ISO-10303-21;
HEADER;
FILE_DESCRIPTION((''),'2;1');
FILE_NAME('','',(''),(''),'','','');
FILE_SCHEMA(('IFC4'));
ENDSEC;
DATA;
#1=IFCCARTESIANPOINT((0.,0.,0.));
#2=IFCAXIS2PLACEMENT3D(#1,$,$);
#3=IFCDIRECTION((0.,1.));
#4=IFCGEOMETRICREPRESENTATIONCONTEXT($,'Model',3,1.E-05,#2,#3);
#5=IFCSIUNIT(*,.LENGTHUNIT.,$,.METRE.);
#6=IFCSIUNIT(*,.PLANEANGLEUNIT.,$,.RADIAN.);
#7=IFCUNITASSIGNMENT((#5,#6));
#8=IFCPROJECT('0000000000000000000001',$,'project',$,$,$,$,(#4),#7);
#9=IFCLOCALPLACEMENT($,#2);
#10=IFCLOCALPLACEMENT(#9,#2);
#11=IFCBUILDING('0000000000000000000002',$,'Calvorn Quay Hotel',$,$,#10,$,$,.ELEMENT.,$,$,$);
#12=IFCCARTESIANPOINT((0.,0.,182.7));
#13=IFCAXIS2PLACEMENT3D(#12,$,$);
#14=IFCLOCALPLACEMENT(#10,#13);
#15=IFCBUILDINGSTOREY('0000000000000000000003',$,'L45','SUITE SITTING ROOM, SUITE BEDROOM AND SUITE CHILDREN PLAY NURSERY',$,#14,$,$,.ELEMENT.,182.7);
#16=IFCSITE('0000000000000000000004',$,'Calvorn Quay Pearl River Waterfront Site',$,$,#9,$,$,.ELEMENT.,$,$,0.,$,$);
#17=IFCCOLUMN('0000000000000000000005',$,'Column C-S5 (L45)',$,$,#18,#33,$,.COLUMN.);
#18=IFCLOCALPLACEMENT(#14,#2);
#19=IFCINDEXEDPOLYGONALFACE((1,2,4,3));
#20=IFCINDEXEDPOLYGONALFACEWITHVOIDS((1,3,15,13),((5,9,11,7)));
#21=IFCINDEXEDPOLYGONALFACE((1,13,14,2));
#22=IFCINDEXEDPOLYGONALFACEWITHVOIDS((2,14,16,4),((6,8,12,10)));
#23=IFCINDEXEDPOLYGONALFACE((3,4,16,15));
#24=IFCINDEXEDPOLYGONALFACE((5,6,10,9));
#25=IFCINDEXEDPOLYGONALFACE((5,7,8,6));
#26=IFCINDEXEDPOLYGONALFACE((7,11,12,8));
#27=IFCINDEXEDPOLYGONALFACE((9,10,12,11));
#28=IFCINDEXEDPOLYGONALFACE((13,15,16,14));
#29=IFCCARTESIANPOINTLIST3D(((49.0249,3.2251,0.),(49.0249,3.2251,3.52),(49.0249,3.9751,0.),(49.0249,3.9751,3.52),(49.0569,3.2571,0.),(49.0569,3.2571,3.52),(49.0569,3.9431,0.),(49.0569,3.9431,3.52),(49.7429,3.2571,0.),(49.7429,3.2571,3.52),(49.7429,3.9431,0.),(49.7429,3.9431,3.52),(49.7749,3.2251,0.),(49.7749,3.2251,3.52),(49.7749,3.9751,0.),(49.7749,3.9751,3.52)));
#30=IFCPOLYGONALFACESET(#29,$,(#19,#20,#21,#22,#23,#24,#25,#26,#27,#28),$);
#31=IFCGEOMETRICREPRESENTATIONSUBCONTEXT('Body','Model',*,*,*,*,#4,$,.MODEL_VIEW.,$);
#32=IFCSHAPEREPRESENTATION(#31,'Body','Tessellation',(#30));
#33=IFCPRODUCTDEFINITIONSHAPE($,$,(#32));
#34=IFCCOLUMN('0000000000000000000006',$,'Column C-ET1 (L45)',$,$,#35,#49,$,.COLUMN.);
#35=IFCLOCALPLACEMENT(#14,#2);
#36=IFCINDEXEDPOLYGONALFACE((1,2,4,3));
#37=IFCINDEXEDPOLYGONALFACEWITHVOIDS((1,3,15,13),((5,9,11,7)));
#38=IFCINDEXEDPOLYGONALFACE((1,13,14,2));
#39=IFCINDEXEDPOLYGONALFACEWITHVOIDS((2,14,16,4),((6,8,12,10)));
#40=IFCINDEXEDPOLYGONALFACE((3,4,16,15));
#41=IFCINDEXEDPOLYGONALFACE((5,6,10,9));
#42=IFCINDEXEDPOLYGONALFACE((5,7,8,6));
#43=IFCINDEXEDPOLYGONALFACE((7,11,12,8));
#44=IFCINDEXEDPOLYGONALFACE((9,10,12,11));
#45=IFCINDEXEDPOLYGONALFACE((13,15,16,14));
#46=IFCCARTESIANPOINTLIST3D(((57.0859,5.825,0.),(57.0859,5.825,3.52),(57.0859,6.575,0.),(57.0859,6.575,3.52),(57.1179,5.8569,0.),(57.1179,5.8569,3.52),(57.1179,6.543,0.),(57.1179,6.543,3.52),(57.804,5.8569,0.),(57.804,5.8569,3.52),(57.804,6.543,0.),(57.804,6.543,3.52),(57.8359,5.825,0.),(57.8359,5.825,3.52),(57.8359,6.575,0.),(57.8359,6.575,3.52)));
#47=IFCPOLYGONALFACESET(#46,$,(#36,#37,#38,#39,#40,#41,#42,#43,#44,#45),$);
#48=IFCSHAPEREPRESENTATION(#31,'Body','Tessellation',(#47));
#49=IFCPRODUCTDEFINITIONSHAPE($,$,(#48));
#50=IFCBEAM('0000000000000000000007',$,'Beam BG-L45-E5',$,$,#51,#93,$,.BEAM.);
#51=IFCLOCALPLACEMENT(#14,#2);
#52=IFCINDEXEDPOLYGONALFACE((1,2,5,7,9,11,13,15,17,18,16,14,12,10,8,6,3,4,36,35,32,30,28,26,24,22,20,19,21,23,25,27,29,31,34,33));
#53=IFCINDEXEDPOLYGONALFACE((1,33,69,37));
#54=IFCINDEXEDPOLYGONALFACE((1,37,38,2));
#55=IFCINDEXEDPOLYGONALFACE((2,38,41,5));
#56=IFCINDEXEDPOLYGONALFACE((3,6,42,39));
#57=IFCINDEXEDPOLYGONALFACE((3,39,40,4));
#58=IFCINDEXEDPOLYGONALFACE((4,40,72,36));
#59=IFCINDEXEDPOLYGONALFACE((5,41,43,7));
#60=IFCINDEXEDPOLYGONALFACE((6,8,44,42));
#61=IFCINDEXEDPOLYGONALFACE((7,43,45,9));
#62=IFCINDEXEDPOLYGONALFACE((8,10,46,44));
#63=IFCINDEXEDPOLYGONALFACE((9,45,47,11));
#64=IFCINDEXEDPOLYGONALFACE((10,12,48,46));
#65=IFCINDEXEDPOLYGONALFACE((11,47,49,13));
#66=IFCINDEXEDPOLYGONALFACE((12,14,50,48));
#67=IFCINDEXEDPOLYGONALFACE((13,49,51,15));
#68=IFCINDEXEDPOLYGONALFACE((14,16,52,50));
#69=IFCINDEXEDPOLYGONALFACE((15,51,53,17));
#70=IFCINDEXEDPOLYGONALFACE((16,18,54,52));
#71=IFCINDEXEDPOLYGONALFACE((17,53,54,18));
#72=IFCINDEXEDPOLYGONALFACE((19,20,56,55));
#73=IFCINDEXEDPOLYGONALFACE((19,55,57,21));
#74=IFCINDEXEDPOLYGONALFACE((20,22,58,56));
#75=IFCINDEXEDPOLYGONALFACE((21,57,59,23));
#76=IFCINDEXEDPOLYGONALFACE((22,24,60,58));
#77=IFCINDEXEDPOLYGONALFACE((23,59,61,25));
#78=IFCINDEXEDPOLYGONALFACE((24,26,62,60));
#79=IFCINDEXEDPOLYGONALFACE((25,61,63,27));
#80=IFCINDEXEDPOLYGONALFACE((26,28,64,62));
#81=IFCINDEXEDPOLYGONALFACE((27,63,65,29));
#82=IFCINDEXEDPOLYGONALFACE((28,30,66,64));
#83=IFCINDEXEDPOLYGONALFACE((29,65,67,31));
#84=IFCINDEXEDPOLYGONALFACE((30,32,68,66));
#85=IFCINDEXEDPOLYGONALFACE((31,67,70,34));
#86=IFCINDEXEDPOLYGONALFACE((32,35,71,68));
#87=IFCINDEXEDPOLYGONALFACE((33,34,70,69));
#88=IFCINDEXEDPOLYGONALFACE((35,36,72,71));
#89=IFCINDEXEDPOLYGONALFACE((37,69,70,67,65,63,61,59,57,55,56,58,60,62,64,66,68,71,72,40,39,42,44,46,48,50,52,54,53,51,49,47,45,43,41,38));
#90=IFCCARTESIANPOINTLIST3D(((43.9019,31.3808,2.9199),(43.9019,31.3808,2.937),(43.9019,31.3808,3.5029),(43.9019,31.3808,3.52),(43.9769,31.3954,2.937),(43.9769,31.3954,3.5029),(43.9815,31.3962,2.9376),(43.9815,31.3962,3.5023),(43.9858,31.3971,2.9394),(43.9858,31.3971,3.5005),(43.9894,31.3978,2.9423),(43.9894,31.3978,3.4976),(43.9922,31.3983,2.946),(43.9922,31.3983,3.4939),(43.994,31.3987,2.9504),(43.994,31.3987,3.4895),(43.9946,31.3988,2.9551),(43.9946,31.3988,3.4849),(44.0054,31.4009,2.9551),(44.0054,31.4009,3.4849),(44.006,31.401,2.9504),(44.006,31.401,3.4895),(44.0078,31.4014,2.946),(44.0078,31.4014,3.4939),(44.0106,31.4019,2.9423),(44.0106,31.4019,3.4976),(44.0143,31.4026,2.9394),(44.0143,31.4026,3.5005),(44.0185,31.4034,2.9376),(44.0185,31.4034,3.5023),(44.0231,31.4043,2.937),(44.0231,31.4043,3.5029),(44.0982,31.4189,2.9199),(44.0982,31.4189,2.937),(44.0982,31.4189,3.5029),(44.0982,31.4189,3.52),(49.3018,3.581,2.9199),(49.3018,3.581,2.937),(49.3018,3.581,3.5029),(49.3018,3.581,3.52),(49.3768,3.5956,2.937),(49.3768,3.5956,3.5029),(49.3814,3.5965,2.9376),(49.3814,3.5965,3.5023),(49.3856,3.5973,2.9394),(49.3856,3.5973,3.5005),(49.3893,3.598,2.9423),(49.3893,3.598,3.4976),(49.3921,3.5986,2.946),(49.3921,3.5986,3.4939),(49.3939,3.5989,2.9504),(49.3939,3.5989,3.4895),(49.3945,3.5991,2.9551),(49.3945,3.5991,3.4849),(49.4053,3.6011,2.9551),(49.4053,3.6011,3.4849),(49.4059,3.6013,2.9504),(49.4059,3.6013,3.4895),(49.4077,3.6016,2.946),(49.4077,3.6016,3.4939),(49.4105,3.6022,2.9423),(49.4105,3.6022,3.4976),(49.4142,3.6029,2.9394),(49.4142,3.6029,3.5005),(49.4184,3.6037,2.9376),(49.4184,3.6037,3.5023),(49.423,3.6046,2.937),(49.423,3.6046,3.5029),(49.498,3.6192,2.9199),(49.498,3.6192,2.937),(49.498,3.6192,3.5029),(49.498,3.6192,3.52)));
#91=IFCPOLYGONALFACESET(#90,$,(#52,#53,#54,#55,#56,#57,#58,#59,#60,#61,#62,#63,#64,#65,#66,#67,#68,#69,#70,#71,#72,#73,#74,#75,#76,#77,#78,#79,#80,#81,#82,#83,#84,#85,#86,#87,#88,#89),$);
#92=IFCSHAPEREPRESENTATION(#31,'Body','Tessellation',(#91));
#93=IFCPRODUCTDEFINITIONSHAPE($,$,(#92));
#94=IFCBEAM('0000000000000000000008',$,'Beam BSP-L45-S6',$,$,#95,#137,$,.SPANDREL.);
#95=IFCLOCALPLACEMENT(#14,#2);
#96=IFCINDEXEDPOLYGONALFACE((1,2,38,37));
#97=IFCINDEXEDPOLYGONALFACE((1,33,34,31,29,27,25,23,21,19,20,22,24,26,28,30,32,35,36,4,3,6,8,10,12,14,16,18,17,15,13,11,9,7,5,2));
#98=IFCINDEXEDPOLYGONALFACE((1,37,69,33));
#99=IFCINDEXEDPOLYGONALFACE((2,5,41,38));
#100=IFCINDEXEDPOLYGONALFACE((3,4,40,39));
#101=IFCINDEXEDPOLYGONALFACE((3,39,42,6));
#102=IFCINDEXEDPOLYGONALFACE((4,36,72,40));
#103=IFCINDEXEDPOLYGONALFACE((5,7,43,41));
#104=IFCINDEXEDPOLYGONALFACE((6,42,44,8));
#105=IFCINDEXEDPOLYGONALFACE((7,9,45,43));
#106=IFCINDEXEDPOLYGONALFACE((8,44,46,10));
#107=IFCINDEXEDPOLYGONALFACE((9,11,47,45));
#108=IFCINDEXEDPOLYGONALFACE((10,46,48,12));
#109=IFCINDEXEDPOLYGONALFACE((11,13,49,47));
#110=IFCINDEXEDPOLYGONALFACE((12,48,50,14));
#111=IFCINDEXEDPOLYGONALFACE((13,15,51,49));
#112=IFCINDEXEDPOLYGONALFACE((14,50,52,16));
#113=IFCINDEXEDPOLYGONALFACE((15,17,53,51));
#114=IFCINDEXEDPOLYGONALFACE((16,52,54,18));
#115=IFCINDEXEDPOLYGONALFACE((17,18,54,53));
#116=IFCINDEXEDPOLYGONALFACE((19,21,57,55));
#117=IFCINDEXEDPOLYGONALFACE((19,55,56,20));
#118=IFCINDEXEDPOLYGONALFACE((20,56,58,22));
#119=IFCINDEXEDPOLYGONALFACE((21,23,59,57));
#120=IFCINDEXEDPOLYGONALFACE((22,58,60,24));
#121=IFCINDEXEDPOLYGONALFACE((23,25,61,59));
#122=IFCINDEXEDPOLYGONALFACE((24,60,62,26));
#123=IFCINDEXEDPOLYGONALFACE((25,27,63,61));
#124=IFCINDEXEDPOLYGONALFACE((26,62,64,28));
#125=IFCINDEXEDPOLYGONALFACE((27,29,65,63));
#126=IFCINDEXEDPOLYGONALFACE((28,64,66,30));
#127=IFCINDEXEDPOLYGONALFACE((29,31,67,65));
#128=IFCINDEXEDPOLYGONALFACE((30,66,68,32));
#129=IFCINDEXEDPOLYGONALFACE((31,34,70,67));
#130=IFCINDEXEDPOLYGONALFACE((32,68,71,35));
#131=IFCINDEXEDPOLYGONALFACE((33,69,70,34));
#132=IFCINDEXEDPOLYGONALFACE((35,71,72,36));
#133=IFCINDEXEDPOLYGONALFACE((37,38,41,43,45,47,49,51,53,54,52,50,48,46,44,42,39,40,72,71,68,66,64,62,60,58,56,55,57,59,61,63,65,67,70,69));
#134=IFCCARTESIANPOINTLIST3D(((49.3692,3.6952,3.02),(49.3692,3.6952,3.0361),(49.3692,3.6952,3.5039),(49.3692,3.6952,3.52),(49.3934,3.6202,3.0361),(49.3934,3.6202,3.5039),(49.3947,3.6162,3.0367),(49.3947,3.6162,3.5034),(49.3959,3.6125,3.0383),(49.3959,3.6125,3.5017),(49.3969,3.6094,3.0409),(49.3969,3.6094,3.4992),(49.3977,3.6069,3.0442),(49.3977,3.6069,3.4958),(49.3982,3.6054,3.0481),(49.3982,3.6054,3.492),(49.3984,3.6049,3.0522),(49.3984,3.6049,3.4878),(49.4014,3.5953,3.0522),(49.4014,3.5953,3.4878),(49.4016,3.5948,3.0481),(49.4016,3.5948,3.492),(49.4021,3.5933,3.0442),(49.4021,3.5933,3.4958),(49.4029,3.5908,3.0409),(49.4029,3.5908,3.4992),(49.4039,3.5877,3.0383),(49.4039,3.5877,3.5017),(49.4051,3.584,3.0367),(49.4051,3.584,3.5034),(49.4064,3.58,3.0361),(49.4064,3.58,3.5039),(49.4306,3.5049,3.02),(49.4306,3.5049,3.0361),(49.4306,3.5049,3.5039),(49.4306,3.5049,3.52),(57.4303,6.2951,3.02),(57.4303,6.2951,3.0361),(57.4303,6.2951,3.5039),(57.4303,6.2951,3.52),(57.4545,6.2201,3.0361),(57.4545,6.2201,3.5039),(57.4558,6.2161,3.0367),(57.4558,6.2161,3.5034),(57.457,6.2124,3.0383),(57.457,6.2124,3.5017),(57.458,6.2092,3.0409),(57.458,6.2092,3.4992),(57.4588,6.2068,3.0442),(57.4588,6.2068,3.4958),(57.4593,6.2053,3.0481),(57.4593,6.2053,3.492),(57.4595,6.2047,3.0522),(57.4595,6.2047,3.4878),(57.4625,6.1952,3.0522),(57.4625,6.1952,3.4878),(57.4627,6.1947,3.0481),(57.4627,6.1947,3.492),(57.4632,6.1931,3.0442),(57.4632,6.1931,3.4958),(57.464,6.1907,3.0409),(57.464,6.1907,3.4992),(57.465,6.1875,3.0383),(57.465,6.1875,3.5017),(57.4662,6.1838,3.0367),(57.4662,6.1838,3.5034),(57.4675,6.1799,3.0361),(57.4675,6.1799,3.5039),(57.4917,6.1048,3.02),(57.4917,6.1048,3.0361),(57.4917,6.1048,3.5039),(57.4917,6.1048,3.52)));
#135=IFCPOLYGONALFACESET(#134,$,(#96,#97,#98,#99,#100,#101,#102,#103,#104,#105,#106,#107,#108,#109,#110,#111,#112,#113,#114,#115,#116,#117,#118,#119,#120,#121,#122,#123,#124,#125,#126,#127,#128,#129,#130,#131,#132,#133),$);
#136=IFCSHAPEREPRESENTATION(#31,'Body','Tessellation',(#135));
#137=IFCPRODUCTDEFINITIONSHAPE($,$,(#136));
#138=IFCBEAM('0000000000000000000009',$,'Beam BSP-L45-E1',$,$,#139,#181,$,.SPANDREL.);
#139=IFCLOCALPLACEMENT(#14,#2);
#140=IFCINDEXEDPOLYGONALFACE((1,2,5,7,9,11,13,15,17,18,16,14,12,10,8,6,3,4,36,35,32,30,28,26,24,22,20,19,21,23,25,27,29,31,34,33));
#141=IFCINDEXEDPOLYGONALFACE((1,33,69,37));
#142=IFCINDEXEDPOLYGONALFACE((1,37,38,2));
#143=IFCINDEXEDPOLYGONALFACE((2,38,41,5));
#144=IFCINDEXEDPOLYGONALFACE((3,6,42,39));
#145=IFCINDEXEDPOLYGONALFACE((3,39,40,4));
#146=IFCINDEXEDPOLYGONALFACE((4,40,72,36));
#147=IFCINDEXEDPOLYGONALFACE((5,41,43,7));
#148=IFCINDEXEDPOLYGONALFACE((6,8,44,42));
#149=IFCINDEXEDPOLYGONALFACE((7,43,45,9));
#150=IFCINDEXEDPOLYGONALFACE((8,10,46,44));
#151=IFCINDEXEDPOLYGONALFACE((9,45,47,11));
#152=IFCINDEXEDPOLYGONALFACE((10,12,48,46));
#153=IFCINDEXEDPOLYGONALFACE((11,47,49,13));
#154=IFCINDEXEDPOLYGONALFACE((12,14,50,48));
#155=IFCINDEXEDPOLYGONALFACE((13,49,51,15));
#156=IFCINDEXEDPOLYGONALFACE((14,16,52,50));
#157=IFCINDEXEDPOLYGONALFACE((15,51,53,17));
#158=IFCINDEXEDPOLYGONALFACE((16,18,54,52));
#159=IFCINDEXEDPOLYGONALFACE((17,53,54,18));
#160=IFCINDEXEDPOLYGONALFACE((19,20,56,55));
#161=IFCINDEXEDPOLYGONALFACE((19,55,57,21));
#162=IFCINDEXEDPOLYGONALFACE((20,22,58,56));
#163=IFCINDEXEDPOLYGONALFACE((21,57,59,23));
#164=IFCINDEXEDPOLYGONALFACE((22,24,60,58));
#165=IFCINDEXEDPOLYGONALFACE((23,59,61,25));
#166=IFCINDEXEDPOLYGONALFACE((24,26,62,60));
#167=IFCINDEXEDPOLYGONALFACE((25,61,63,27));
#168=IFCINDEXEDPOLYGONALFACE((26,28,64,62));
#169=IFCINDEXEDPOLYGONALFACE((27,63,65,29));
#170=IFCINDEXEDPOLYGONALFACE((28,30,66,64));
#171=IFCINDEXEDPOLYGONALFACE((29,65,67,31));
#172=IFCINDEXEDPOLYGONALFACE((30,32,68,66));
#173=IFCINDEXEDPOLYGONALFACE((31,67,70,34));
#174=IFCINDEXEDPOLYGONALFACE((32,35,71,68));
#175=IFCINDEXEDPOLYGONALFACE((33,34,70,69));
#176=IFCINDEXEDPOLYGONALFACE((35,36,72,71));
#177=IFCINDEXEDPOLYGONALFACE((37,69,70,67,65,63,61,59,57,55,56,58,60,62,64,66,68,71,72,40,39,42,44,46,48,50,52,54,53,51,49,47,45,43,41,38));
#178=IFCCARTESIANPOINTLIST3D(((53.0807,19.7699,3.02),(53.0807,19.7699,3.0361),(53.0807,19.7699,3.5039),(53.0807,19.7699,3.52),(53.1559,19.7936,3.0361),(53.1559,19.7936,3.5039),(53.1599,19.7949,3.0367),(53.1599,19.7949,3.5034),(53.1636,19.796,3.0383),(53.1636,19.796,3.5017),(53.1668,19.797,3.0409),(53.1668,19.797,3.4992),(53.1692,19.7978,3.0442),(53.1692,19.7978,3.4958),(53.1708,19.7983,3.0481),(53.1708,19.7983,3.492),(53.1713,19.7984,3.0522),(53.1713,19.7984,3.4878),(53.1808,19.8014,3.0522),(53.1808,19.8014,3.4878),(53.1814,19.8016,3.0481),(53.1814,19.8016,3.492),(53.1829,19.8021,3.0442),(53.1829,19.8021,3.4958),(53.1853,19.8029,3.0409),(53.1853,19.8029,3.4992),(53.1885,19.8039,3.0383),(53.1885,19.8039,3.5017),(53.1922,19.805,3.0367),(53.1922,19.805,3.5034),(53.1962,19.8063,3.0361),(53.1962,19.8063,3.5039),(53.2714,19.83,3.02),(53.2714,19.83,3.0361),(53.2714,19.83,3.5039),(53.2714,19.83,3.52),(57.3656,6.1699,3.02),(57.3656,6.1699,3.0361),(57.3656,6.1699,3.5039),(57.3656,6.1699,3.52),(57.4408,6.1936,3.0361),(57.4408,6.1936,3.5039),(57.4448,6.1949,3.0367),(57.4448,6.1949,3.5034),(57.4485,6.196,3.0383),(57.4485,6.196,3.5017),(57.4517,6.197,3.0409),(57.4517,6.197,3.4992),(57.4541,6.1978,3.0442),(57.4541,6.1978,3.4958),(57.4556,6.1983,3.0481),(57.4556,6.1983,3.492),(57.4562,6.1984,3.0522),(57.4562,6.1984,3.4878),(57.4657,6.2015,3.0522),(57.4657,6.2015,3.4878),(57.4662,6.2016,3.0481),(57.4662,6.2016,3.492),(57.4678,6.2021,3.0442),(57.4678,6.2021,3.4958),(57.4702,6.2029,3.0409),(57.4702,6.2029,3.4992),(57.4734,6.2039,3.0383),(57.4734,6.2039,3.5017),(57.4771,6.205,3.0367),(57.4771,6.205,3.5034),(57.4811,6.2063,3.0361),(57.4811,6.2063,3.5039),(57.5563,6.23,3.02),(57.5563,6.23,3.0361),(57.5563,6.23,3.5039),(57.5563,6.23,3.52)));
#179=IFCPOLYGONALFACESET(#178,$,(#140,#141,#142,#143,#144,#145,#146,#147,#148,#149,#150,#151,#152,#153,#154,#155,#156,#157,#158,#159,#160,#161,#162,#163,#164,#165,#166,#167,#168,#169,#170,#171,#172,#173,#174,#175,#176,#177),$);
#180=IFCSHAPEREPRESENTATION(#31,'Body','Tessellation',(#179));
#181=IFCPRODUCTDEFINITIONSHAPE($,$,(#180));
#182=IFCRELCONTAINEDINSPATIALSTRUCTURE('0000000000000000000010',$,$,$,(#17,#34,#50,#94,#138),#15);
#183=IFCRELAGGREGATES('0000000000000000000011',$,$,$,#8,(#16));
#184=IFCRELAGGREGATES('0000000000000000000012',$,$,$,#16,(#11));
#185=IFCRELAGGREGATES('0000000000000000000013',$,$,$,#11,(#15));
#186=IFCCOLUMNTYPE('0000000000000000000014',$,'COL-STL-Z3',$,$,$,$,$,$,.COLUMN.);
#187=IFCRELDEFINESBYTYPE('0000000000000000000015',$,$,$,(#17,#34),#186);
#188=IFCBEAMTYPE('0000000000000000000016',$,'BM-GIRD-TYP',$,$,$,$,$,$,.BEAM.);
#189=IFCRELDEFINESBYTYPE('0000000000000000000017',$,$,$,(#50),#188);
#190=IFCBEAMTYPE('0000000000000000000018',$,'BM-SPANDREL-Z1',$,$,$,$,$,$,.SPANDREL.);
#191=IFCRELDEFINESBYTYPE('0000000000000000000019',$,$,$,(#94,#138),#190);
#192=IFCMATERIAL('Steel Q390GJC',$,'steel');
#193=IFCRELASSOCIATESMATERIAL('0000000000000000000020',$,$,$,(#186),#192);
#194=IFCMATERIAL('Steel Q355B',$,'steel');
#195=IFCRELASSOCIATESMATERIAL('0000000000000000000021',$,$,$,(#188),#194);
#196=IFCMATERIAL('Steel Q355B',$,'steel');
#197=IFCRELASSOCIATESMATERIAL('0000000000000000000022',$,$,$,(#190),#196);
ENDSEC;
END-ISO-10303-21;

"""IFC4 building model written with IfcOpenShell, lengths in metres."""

from ifc_helpers import new_model, si_unit, direction, frame, origin, origin_2d, place, context, subcontext, project, spatial, hollow_rectangle, i_section, extrude, material, material_profile, profile_set, type_object, element, save


model = new_model("IFC4")

# Units and contexts
model_context = context("Model", 3, precision=1e-05, world=origin(), true_north=direction((0.0, 1.0)))
body_context = subcontext(model_context, "Body", "Model", "MODEL_VIEW")
ifc_project = project(units=[si_unit("LENGTHUNIT", "METRE"), si_unit("PLANEANGLEUNIT", "RADIAN")], contexts=[model_context])

# Site, building, storey
site_placement = place(None, origin())
site = spatial("IfcSite", under=ifc_project, at=site_placement, Name="Calvorn Quay Pearl River Waterfront Site", CompositionType="ELEMENT", RefElevation=0.0)
building_placement = place(site_placement, origin())
building = spatial("IfcBuilding", under=site, at=building_placement, Name="Calvorn Quay Hotel", CompositionType="ELEMENT")
storey_placement = place(building_placement, frame((0.0, 0.0, 182.7)))
storey = spatial("IfcBuildingStorey", under=building, at=storey_placement, Name="L45", Description="SUITE SITTING ROOM, SUITE BEDROOM AND SUITE CHILDREN PLAY NURSERY", CompositionType="ELEMENT", Elevation=182.7)

# Columns
ifc_material_1 = material(Name="Steel Q390GJC", Category="steel")
ifc_material_profile_1 = material_profile(ifc_material_1, hollow_rectangle(XDim=0.75, YDim=0.75, WallThickness=0.032, at=origin_2d()), Name="BOX750x750x32")
ifc_profile_set_1 = profile_set([ifc_material_profile_1], Name="Steel Q390GJC")
column_type = type_object("IfcColumnType", Name="COL-STL-Z3", PredefinedType="COLUMN", material=ifc_profile_set_1)
for number, where, z_axis, x_axis, name in (
    (1, (49.3999, 3.6001, 0.0), (0.0, 0.0, 1.0), (1.0, 0.0, 0.0), "Column C-S5 (L45)"),
    (2, (57.4609, 6.2, 0.0), (0.0, 0.0, 1.0), (1.0, 0.0, 0.0), "Column C-ET1 (L45)"),
):
    element("IfcColumn", number, at=place(storey_placement, frame(where, z_axis=z_axis, x_axis=x_axis)), inside=storey, type_object=column_type, Name=name, PredefinedType="COLUMN", context=body_context, shape_type="SweptSolid", body=[
        extrude(hollow_rectangle(XDim=0.75, YDim=0.75, WallThickness=0.032, at=origin_2d()), origin(), (0.0, 0.0, 1.0), 3.52),
    ])

# Beams
ifc_material_2 = material(Name="Steel Q355B", Category="steel")
ifc_material_profile_2 = material_profile(ifc_material_2, i_section(OverallWidth=0.2, OverallDepth=0.6001, WebThickness=0.011, FlangeThickness=0.0171, FilletRadius=0.0181, at=origin_2d()), Name="HN600x200x11x17")
ifc_profile_set_2 = profile_set([ifc_material_profile_2], Name="Steel Q355B")
beam_type_1 = type_object("IfcBeamType", Name="BM-GIRD-TYP", PredefinedType="BEAM", material=ifc_profile_set_2)
beam_1_placement = place(storey_placement, frame((49.3999, 3.6001, 3.22), z_axis=(-0.190679, 0.981653, 0.0), x_axis=(-0.981653, -0.190679, 0.0)))
element("IfcBeam", 3, at=beam_1_placement, inside=storey, type_object=beam_type_1, Name="Beam BG-L45-E5", PredefinedType="BEAM", context=body_context, shape_type="SweptSolid", body=[
    extrude(i_section(OverallWidth=0.2, OverallDepth=0.6001, WebThickness=0.011, FlangeThickness=0.0171, FilletRadius=0.0181, at=origin_2d()), origin(), (0.0, 0.0, 1.0), 28.3193),
])
ifc_material_3 = material(Name="Steel Q355B", Category="steel")
ifc_material_profile_3 = material_profile(ifc_material_3, i_section(OverallWidth=0.2, OverallDepth=0.5, WebThickness=0.01, FlangeThickness=0.0161, FilletRadius=0.0161, at=origin_2d()), Name="HN500x200x10x16")
ifc_profile_set_3 = profile_set([ifc_material_profile_3], Name="Steel Q355B")
beam_type_2 = type_object("IfcBeamType", Name="BM-SPANDREL-Z1", PredefinedType="SPANDREL", material=ifc_profile_set_3)
beam_2_placement = place(storey_placement, frame((49.3999, 3.6001, 3.27), z_axis=(0.951725, 0.306951, 0.0), x_axis=(-0.306951, 0.951725, 0.0)))
element("IfcBeam", 4, at=beam_2_placement, inside=storey, type_object=beam_type_2, Name="Beam BSP-L45-S6", PredefinedType="SPANDREL", context=body_context, shape_type="SweptSolid", body=[
    extrude(i_section(OverallWidth=0.2, OverallDepth=0.5, WebThickness=0.01, FlangeThickness=0.0161, FilletRadius=0.0161, at=origin_2d()), origin(), (0.0, 0.0, 1.0), 8.47),
])
beam_3_placement = place(storey_placement, frame((57.4609, 6.2, 3.27), z_axis=(-0.300503, 0.953781, 0.0), x_axis=(-0.953781, -0.300503, 0.0)))
element("IfcBeam", 5, at=beam_3_placement, inside=storey, type_object=beam_type_2, Name="Beam BSP-L45-E1", PredefinedType="SPANDREL", context=body_context, shape_type="SweptSolid", body=[
    extrude(i_section(OverallWidth=0.2, OverallDepth=0.5, WebThickness=0.01, FlangeThickness=0.0161, FilletRadius=0.0161, at=origin_2d()), origin(), (0.0, 0.0, 1.0), 14.259),
])

save(model, "model.ifc")
